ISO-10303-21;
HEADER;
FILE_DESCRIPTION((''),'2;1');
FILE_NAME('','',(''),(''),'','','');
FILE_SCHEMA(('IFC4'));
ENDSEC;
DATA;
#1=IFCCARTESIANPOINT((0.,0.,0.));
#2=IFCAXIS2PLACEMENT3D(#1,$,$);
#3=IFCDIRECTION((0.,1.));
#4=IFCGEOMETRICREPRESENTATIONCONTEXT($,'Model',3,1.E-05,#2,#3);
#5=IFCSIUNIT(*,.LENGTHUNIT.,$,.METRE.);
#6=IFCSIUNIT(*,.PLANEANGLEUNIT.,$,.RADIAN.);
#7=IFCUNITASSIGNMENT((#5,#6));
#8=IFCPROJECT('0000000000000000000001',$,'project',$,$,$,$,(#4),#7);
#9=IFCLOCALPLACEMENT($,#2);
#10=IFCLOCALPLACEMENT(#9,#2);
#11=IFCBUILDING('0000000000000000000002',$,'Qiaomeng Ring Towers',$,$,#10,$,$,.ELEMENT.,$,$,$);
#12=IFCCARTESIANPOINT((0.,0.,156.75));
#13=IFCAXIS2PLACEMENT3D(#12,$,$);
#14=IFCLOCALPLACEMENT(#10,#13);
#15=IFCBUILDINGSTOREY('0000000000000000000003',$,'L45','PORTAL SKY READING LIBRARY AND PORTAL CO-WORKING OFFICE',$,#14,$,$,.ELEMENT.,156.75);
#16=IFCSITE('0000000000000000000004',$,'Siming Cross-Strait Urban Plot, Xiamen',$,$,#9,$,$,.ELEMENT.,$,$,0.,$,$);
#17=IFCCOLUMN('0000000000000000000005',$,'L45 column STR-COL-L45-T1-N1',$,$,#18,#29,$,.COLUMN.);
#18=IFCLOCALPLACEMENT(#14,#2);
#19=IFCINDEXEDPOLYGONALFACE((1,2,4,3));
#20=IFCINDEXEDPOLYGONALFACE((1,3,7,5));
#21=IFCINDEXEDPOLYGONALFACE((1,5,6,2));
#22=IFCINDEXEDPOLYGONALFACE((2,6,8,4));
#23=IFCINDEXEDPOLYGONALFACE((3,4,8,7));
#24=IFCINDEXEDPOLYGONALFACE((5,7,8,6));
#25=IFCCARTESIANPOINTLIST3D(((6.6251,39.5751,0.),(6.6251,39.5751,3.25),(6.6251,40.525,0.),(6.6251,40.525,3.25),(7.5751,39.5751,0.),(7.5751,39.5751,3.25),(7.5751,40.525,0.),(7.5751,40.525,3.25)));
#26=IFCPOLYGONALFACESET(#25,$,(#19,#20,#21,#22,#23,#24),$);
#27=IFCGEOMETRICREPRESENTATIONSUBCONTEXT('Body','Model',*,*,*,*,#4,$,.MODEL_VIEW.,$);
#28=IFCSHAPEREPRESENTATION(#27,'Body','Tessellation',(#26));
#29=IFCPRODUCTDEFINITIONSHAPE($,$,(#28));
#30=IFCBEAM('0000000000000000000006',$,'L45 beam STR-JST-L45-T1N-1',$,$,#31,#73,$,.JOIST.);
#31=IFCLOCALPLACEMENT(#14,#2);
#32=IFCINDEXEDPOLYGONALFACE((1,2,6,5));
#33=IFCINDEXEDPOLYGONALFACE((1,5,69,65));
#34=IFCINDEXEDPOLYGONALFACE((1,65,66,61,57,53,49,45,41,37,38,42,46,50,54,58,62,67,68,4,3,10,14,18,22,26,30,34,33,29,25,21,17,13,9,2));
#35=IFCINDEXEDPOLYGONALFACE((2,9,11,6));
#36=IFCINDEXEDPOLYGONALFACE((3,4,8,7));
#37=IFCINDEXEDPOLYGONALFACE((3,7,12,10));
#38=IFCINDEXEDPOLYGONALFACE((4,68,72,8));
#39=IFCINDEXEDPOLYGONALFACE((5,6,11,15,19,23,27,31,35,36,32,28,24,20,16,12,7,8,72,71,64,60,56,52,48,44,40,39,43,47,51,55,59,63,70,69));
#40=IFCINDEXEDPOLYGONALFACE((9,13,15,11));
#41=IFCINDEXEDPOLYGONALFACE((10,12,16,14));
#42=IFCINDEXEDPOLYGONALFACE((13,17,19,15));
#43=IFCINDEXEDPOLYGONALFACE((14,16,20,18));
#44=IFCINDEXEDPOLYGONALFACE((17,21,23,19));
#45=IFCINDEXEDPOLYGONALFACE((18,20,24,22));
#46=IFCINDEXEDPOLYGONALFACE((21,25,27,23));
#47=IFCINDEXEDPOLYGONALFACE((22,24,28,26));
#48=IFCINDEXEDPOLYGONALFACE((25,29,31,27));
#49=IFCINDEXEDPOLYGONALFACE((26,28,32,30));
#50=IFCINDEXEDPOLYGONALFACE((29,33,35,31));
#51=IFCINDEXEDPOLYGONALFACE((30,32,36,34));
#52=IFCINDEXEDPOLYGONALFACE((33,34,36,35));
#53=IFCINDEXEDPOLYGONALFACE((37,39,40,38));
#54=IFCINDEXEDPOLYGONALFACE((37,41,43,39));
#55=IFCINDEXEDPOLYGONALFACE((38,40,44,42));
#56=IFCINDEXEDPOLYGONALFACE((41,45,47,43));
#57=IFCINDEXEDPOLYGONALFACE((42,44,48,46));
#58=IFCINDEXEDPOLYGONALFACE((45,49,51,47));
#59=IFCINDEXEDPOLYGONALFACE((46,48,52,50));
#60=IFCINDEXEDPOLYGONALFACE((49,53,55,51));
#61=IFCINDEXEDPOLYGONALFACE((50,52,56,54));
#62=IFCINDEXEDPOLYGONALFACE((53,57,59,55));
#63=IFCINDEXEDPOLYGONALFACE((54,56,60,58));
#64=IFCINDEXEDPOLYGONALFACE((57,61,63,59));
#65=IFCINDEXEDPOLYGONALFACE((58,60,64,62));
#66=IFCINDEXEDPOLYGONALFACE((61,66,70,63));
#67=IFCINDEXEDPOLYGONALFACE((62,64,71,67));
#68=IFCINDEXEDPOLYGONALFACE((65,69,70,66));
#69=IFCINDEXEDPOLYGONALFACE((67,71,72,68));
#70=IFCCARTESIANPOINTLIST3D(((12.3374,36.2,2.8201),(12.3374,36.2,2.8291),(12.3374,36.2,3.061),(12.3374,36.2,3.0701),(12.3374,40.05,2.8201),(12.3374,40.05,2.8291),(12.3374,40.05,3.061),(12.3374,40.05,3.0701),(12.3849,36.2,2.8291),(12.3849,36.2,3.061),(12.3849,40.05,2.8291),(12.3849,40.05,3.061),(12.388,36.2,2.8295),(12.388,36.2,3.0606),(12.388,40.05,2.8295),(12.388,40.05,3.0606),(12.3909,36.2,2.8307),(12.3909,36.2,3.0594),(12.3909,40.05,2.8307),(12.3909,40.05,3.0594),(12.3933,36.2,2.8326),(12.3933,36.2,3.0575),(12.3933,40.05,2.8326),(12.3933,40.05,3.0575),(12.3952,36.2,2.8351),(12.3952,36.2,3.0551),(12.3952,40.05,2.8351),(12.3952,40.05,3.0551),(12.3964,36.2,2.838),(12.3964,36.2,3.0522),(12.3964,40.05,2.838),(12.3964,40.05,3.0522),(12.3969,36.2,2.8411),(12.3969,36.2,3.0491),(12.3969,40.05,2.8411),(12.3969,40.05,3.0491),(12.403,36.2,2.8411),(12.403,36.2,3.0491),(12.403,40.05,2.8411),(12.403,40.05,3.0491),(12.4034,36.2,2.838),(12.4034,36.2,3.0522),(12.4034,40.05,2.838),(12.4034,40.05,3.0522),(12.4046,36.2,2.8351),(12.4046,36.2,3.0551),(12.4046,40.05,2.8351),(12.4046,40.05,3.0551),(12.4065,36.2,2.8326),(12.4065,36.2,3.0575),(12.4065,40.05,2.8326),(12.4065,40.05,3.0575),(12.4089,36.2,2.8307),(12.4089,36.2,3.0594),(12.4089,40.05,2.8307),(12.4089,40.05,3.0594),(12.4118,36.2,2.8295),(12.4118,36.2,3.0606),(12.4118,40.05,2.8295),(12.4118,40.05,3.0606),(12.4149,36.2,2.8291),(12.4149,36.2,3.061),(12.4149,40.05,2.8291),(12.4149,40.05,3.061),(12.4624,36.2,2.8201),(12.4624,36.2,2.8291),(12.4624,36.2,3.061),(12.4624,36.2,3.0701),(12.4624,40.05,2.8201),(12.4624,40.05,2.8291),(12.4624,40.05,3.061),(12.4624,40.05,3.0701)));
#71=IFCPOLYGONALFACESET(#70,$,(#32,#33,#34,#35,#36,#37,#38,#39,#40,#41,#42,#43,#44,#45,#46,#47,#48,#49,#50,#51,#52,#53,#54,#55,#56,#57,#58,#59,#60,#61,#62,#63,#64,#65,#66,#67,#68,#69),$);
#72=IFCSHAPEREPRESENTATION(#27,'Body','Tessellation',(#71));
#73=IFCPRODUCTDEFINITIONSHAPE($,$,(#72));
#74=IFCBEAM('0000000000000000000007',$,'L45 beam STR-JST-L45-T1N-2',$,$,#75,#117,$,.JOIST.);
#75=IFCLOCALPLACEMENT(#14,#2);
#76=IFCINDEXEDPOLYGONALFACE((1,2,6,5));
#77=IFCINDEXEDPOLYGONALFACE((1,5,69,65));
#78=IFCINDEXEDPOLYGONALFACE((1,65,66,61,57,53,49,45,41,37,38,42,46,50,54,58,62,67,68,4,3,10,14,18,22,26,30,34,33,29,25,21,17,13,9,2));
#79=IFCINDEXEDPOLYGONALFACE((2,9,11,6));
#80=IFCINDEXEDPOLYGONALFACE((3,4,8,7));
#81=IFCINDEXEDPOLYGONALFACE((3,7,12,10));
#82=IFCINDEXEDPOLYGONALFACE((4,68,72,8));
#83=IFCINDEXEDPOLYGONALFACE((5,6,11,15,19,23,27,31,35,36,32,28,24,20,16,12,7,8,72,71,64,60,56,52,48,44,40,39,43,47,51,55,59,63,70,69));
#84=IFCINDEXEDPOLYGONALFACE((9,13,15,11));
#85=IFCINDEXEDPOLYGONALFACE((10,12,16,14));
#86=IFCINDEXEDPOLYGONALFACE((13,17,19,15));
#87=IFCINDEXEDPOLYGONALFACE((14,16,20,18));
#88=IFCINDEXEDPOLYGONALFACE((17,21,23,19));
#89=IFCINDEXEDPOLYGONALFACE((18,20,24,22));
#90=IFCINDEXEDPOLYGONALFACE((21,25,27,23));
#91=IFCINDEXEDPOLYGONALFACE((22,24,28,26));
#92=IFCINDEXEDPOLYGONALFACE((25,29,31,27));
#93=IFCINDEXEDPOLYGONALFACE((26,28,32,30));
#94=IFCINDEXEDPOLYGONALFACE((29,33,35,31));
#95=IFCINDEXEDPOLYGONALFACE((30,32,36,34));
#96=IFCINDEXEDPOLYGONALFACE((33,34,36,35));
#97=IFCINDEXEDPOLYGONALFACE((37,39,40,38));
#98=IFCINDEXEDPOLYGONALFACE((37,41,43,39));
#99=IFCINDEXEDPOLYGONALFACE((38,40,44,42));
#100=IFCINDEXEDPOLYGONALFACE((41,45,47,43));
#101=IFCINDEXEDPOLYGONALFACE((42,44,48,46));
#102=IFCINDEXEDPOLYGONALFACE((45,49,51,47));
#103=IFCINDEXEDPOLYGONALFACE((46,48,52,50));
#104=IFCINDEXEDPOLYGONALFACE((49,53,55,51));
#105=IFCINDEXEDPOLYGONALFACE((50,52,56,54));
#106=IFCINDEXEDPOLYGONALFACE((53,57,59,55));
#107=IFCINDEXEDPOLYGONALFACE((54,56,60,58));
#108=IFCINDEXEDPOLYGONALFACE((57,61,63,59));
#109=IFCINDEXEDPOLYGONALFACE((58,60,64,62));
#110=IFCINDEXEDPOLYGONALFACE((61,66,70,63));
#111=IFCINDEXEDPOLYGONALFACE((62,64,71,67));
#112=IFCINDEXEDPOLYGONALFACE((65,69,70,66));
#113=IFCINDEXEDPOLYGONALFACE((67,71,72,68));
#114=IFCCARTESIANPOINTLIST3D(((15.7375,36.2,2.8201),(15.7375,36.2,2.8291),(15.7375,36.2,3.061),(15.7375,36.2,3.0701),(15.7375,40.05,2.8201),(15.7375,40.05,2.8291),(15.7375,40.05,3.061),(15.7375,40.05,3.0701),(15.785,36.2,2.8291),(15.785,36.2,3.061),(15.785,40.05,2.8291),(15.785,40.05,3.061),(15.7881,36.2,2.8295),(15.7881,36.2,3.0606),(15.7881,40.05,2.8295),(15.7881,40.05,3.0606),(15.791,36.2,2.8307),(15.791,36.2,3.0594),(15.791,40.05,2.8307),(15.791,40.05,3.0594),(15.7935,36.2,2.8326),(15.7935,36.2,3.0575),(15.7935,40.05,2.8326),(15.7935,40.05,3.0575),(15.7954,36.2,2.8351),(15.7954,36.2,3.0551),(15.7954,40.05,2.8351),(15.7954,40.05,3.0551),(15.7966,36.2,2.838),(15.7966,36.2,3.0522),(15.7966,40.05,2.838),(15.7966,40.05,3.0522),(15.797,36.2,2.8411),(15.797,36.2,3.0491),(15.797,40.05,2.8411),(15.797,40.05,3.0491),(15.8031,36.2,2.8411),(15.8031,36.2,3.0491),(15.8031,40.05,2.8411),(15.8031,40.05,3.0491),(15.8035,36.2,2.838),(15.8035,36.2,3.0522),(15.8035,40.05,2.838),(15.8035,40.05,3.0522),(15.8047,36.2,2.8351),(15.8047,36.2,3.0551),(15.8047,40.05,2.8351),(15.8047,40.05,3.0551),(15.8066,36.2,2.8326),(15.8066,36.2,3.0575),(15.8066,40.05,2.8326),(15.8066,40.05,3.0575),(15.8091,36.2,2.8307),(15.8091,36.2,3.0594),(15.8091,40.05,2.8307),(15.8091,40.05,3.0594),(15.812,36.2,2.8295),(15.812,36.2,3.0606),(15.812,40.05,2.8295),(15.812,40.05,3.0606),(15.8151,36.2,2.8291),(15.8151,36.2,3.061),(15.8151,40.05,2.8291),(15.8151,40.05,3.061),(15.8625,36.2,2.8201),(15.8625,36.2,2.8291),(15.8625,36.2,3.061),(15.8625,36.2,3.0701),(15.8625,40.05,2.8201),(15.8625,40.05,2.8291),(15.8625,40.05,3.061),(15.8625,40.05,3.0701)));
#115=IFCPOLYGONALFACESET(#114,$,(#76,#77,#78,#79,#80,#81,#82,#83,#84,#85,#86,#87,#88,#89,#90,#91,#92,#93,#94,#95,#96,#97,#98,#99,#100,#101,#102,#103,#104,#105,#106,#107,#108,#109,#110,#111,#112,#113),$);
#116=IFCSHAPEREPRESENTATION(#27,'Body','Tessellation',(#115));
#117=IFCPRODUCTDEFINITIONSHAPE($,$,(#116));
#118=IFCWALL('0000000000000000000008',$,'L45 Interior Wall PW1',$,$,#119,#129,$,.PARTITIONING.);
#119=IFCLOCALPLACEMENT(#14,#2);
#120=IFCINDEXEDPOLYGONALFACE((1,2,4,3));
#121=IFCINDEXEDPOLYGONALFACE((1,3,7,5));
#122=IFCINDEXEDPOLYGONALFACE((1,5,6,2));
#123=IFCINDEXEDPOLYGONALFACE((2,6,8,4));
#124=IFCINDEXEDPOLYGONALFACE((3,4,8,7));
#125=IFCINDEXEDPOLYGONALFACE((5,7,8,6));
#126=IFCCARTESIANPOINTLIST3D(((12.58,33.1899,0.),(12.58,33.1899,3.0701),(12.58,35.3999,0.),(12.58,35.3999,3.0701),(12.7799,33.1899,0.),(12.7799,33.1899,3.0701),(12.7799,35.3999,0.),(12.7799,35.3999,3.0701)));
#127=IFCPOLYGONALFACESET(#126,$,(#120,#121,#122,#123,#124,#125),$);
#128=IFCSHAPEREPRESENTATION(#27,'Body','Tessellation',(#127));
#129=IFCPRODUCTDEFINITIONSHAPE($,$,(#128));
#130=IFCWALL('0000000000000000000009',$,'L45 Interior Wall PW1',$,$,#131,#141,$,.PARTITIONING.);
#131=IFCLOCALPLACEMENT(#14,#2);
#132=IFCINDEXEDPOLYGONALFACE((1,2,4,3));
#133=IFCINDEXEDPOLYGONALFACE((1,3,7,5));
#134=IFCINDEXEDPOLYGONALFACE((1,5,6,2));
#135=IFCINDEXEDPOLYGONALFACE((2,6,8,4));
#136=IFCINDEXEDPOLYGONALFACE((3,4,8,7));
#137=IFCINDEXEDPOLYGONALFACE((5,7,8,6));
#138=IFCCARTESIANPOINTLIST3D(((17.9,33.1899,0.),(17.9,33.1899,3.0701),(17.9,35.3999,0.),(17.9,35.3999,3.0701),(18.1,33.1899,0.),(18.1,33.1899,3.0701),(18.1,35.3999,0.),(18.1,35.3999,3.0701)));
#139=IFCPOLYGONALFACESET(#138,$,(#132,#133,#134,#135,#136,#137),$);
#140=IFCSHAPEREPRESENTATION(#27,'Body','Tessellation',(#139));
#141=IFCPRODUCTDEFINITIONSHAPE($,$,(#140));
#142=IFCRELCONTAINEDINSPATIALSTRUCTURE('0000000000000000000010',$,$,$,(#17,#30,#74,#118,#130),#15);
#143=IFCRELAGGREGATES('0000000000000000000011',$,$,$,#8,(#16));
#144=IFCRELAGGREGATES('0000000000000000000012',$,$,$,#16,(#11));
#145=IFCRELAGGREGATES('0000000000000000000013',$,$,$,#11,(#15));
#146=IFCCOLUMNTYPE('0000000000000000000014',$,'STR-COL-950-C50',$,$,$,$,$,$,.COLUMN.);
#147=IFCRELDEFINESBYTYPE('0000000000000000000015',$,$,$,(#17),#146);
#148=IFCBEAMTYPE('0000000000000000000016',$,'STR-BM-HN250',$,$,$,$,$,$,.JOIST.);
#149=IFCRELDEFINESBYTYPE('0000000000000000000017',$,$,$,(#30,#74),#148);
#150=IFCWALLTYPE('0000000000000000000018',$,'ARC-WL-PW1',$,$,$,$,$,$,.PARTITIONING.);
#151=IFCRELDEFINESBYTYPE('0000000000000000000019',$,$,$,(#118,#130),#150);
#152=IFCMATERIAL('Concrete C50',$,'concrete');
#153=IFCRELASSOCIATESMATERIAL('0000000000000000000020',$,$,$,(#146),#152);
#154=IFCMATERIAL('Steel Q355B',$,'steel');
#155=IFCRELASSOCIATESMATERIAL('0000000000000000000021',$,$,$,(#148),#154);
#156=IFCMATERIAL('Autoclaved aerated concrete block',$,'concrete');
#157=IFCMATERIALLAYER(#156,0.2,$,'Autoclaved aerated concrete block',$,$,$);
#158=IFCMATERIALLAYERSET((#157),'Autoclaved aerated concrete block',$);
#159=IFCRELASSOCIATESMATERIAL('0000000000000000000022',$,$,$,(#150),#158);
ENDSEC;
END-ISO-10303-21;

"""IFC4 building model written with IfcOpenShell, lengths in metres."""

from ifc_helpers import new_model, si_unit, direction, frame, frame_2d, origin, origin_2d, place, context, subcontext, project, spatial, rectangle, i_section, extrude, source, transform, mapped, material, layer, layer_set, material_profile, profile_set, type_object, element, save


model = new_model("IFC4")

# Units and contexts
model_context = context("Model", 3, precision=1e-05, world=origin(), true_north=direction((0.0, 1.0)))
body_context = subcontext(model_context, "Body", "Model", "MODEL_VIEW")
ifc_project = project(units=[si_unit("LENGTHUNIT", "METRE"), si_unit("PLANEANGLEUNIT", "RADIAN")], contexts=[model_context])

# Site, building, storey
site_placement = place(None, origin())
site = spatial("IfcSite", under=ifc_project, at=site_placement, Name="Siming Cross-Strait Urban Plot, Xiamen", CompositionType="ELEMENT", RefElevation=0.0)
building_placement = place(site_placement, origin())
building = spatial("IfcBuilding", under=site, at=building_placement, Name="Qiaomeng Ring Towers", CompositionType="ELEMENT")
storey_placement = place(building_placement, frame((0.0, 0.0, 156.75)))
storey = spatial("IfcBuildingStorey", under=building, at=storey_placement, Name="L45", Description="PORTAL SKY READING LIBRARY AND PORTAL CO-WORKING OFFICE", CompositionType="ELEMENT", Elevation=156.75)

# Column
ifc_material_1 = material(Name="Concrete C50", Category="concrete")
ifc_material_profile_1 = material_profile(ifc_material_1, rectangle(XDim=0.95, YDim=0.95, at=origin_2d()), Name="RC COL 950x950")
ifc_profile_set_1 = profile_set([ifc_material_profile_1], Name="Concrete C50")
column_type = type_object("IfcColumnType", Name="STR-COL-950-C50", PredefinedType="COLUMN", material=ifc_profile_set_1)
shared_shape_1 = source(origin(), body_context, "Body", "SweptSolid", [
    extrude(rectangle(XDim=0.95, YDim=0.95, at=origin_2d()), origin(), (0.0, 0.0, 1.0), 3.25),
])
column_placement = place(storey_placement, frame((7.1001, 40.05, 0.0), z_axis=(0.0, 0.0, 1.0), x_axis=(1.0, 0.0, 0.0)))
element("IfcColumn", 1, at=column_placement, inside=storey, type_object=column_type, Name="L45 column STR-COL-L45-T1-N1", PredefinedType="COLUMN", context=body_context, shape_type="MappedRepresentation", body=[
    mapped(shared_shape_1, transform((0.0, 0.0, 0.0), x_axis=(1.0, 0.0, 0.0), y_axis=(0.0, 1.0, 0.0), z_axis=(0.0, 0.0, 1.0), scale=1.0)),
])

# Beams
ifc_material_2 = material(Name="Steel Q355B", Category="steel")
ifc_material_profile_2 = material_profile(ifc_material_2, i_section(OverallWidth=0.125, OverallDepth=0.25, WebThickness=0.0061, FlangeThickness=0.009, FilletRadius=0.012, at=origin_2d()), Name="HN 250x125x6x9")
ifc_profile_set_2 = profile_set([ifc_material_profile_2], Name="Steel Q355B")
beam_type = type_object("IfcBeamType", Name="STR-BM-HN250", PredefinedType="JOIST", material=ifc_profile_set_2)
shared_shape_2 = source(origin(), body_context, "Body", "SweptSolid", [
    extrude(i_section(OverallWidth=0.125, OverallDepth=0.25, WebThickness=0.0061, FlangeThickness=0.009, FilletRadius=0.012, at=origin_2d()), origin(), (0.0, 0.0, 1.0), 3.8501),
])
for number, where, z_axis, x_axis, name in (
    (2, (12.3999, 36.2, 2.9451), (0.0, 1.0, 0.0), (-1.0, 0.0, 0.0), "L45 beam STR-JST-L45-T1N-1"),
    (3, (15.8, 36.2, 2.9451), (0.0, 1.0, 0.0), (-1.0, 0.0, 0.0), "L45 beam STR-JST-L45-T1N-2"),
):
    element("IfcBeam", number, at=place(storey_placement, frame(where, z_axis=z_axis, x_axis=x_axis)), inside=storey, type_object=beam_type, Name=name, PredefinedType="JOIST", context=body_context, shape_type="MappedRepresentation", body=[
        mapped(shared_shape_2, transform((0.0, 0.0, 0.0), x_axis=(1.0, 0.0, 0.0), y_axis=(0.0, 1.0, 0.0), z_axis=(0.0, 0.0, 1.0), scale=1.0)),
    ])

# Walls
ifc_material_3 = material(Name="Autoclaved aerated concrete block", Category="concrete")
ifc_layer_1 = layer(ifc_material_3, 0.2, Name="Autoclaved aerated concrete block")
ifc_layer_set_1 = layer_set([ifc_layer_1], Name="Autoclaved aerated concrete block")
wall_type_1 = type_object("IfcWallType", Name="ARC-WL-PW1", PredefinedType="PARTITIONING", material=ifc_layer_set_1)
for number, where, z_axis, x_axis, name in (
    (4, (12.6799, 33.1899, 0.0), (0.0, 0.0, 1.0), (0.0, 1.0, 0.0), "L45 Interior Wall PW1"),
    (5, (18.0, 33.1899, 0.0), (0.0, 0.0, 1.0), (0.0, 1.0, 0.0), "L45 Interior Wall PW1"),
):
    element("IfcWall", number, at=place(storey_placement, frame(where, z_axis=z_axis, x_axis=x_axis)), inside=storey, type_object=wall_type_1, Name=name, PredefinedType="PARTITIONING", context=body_context, shape_type="SweptSolid", body=[
        extrude(rectangle(XDim=2.21, YDim=0.2, at=frame_2d((1.105, 0.0))), origin(), (0.0, 0.0, 1.0), 3.0701),
    ])

save(model, "model.ifc")
